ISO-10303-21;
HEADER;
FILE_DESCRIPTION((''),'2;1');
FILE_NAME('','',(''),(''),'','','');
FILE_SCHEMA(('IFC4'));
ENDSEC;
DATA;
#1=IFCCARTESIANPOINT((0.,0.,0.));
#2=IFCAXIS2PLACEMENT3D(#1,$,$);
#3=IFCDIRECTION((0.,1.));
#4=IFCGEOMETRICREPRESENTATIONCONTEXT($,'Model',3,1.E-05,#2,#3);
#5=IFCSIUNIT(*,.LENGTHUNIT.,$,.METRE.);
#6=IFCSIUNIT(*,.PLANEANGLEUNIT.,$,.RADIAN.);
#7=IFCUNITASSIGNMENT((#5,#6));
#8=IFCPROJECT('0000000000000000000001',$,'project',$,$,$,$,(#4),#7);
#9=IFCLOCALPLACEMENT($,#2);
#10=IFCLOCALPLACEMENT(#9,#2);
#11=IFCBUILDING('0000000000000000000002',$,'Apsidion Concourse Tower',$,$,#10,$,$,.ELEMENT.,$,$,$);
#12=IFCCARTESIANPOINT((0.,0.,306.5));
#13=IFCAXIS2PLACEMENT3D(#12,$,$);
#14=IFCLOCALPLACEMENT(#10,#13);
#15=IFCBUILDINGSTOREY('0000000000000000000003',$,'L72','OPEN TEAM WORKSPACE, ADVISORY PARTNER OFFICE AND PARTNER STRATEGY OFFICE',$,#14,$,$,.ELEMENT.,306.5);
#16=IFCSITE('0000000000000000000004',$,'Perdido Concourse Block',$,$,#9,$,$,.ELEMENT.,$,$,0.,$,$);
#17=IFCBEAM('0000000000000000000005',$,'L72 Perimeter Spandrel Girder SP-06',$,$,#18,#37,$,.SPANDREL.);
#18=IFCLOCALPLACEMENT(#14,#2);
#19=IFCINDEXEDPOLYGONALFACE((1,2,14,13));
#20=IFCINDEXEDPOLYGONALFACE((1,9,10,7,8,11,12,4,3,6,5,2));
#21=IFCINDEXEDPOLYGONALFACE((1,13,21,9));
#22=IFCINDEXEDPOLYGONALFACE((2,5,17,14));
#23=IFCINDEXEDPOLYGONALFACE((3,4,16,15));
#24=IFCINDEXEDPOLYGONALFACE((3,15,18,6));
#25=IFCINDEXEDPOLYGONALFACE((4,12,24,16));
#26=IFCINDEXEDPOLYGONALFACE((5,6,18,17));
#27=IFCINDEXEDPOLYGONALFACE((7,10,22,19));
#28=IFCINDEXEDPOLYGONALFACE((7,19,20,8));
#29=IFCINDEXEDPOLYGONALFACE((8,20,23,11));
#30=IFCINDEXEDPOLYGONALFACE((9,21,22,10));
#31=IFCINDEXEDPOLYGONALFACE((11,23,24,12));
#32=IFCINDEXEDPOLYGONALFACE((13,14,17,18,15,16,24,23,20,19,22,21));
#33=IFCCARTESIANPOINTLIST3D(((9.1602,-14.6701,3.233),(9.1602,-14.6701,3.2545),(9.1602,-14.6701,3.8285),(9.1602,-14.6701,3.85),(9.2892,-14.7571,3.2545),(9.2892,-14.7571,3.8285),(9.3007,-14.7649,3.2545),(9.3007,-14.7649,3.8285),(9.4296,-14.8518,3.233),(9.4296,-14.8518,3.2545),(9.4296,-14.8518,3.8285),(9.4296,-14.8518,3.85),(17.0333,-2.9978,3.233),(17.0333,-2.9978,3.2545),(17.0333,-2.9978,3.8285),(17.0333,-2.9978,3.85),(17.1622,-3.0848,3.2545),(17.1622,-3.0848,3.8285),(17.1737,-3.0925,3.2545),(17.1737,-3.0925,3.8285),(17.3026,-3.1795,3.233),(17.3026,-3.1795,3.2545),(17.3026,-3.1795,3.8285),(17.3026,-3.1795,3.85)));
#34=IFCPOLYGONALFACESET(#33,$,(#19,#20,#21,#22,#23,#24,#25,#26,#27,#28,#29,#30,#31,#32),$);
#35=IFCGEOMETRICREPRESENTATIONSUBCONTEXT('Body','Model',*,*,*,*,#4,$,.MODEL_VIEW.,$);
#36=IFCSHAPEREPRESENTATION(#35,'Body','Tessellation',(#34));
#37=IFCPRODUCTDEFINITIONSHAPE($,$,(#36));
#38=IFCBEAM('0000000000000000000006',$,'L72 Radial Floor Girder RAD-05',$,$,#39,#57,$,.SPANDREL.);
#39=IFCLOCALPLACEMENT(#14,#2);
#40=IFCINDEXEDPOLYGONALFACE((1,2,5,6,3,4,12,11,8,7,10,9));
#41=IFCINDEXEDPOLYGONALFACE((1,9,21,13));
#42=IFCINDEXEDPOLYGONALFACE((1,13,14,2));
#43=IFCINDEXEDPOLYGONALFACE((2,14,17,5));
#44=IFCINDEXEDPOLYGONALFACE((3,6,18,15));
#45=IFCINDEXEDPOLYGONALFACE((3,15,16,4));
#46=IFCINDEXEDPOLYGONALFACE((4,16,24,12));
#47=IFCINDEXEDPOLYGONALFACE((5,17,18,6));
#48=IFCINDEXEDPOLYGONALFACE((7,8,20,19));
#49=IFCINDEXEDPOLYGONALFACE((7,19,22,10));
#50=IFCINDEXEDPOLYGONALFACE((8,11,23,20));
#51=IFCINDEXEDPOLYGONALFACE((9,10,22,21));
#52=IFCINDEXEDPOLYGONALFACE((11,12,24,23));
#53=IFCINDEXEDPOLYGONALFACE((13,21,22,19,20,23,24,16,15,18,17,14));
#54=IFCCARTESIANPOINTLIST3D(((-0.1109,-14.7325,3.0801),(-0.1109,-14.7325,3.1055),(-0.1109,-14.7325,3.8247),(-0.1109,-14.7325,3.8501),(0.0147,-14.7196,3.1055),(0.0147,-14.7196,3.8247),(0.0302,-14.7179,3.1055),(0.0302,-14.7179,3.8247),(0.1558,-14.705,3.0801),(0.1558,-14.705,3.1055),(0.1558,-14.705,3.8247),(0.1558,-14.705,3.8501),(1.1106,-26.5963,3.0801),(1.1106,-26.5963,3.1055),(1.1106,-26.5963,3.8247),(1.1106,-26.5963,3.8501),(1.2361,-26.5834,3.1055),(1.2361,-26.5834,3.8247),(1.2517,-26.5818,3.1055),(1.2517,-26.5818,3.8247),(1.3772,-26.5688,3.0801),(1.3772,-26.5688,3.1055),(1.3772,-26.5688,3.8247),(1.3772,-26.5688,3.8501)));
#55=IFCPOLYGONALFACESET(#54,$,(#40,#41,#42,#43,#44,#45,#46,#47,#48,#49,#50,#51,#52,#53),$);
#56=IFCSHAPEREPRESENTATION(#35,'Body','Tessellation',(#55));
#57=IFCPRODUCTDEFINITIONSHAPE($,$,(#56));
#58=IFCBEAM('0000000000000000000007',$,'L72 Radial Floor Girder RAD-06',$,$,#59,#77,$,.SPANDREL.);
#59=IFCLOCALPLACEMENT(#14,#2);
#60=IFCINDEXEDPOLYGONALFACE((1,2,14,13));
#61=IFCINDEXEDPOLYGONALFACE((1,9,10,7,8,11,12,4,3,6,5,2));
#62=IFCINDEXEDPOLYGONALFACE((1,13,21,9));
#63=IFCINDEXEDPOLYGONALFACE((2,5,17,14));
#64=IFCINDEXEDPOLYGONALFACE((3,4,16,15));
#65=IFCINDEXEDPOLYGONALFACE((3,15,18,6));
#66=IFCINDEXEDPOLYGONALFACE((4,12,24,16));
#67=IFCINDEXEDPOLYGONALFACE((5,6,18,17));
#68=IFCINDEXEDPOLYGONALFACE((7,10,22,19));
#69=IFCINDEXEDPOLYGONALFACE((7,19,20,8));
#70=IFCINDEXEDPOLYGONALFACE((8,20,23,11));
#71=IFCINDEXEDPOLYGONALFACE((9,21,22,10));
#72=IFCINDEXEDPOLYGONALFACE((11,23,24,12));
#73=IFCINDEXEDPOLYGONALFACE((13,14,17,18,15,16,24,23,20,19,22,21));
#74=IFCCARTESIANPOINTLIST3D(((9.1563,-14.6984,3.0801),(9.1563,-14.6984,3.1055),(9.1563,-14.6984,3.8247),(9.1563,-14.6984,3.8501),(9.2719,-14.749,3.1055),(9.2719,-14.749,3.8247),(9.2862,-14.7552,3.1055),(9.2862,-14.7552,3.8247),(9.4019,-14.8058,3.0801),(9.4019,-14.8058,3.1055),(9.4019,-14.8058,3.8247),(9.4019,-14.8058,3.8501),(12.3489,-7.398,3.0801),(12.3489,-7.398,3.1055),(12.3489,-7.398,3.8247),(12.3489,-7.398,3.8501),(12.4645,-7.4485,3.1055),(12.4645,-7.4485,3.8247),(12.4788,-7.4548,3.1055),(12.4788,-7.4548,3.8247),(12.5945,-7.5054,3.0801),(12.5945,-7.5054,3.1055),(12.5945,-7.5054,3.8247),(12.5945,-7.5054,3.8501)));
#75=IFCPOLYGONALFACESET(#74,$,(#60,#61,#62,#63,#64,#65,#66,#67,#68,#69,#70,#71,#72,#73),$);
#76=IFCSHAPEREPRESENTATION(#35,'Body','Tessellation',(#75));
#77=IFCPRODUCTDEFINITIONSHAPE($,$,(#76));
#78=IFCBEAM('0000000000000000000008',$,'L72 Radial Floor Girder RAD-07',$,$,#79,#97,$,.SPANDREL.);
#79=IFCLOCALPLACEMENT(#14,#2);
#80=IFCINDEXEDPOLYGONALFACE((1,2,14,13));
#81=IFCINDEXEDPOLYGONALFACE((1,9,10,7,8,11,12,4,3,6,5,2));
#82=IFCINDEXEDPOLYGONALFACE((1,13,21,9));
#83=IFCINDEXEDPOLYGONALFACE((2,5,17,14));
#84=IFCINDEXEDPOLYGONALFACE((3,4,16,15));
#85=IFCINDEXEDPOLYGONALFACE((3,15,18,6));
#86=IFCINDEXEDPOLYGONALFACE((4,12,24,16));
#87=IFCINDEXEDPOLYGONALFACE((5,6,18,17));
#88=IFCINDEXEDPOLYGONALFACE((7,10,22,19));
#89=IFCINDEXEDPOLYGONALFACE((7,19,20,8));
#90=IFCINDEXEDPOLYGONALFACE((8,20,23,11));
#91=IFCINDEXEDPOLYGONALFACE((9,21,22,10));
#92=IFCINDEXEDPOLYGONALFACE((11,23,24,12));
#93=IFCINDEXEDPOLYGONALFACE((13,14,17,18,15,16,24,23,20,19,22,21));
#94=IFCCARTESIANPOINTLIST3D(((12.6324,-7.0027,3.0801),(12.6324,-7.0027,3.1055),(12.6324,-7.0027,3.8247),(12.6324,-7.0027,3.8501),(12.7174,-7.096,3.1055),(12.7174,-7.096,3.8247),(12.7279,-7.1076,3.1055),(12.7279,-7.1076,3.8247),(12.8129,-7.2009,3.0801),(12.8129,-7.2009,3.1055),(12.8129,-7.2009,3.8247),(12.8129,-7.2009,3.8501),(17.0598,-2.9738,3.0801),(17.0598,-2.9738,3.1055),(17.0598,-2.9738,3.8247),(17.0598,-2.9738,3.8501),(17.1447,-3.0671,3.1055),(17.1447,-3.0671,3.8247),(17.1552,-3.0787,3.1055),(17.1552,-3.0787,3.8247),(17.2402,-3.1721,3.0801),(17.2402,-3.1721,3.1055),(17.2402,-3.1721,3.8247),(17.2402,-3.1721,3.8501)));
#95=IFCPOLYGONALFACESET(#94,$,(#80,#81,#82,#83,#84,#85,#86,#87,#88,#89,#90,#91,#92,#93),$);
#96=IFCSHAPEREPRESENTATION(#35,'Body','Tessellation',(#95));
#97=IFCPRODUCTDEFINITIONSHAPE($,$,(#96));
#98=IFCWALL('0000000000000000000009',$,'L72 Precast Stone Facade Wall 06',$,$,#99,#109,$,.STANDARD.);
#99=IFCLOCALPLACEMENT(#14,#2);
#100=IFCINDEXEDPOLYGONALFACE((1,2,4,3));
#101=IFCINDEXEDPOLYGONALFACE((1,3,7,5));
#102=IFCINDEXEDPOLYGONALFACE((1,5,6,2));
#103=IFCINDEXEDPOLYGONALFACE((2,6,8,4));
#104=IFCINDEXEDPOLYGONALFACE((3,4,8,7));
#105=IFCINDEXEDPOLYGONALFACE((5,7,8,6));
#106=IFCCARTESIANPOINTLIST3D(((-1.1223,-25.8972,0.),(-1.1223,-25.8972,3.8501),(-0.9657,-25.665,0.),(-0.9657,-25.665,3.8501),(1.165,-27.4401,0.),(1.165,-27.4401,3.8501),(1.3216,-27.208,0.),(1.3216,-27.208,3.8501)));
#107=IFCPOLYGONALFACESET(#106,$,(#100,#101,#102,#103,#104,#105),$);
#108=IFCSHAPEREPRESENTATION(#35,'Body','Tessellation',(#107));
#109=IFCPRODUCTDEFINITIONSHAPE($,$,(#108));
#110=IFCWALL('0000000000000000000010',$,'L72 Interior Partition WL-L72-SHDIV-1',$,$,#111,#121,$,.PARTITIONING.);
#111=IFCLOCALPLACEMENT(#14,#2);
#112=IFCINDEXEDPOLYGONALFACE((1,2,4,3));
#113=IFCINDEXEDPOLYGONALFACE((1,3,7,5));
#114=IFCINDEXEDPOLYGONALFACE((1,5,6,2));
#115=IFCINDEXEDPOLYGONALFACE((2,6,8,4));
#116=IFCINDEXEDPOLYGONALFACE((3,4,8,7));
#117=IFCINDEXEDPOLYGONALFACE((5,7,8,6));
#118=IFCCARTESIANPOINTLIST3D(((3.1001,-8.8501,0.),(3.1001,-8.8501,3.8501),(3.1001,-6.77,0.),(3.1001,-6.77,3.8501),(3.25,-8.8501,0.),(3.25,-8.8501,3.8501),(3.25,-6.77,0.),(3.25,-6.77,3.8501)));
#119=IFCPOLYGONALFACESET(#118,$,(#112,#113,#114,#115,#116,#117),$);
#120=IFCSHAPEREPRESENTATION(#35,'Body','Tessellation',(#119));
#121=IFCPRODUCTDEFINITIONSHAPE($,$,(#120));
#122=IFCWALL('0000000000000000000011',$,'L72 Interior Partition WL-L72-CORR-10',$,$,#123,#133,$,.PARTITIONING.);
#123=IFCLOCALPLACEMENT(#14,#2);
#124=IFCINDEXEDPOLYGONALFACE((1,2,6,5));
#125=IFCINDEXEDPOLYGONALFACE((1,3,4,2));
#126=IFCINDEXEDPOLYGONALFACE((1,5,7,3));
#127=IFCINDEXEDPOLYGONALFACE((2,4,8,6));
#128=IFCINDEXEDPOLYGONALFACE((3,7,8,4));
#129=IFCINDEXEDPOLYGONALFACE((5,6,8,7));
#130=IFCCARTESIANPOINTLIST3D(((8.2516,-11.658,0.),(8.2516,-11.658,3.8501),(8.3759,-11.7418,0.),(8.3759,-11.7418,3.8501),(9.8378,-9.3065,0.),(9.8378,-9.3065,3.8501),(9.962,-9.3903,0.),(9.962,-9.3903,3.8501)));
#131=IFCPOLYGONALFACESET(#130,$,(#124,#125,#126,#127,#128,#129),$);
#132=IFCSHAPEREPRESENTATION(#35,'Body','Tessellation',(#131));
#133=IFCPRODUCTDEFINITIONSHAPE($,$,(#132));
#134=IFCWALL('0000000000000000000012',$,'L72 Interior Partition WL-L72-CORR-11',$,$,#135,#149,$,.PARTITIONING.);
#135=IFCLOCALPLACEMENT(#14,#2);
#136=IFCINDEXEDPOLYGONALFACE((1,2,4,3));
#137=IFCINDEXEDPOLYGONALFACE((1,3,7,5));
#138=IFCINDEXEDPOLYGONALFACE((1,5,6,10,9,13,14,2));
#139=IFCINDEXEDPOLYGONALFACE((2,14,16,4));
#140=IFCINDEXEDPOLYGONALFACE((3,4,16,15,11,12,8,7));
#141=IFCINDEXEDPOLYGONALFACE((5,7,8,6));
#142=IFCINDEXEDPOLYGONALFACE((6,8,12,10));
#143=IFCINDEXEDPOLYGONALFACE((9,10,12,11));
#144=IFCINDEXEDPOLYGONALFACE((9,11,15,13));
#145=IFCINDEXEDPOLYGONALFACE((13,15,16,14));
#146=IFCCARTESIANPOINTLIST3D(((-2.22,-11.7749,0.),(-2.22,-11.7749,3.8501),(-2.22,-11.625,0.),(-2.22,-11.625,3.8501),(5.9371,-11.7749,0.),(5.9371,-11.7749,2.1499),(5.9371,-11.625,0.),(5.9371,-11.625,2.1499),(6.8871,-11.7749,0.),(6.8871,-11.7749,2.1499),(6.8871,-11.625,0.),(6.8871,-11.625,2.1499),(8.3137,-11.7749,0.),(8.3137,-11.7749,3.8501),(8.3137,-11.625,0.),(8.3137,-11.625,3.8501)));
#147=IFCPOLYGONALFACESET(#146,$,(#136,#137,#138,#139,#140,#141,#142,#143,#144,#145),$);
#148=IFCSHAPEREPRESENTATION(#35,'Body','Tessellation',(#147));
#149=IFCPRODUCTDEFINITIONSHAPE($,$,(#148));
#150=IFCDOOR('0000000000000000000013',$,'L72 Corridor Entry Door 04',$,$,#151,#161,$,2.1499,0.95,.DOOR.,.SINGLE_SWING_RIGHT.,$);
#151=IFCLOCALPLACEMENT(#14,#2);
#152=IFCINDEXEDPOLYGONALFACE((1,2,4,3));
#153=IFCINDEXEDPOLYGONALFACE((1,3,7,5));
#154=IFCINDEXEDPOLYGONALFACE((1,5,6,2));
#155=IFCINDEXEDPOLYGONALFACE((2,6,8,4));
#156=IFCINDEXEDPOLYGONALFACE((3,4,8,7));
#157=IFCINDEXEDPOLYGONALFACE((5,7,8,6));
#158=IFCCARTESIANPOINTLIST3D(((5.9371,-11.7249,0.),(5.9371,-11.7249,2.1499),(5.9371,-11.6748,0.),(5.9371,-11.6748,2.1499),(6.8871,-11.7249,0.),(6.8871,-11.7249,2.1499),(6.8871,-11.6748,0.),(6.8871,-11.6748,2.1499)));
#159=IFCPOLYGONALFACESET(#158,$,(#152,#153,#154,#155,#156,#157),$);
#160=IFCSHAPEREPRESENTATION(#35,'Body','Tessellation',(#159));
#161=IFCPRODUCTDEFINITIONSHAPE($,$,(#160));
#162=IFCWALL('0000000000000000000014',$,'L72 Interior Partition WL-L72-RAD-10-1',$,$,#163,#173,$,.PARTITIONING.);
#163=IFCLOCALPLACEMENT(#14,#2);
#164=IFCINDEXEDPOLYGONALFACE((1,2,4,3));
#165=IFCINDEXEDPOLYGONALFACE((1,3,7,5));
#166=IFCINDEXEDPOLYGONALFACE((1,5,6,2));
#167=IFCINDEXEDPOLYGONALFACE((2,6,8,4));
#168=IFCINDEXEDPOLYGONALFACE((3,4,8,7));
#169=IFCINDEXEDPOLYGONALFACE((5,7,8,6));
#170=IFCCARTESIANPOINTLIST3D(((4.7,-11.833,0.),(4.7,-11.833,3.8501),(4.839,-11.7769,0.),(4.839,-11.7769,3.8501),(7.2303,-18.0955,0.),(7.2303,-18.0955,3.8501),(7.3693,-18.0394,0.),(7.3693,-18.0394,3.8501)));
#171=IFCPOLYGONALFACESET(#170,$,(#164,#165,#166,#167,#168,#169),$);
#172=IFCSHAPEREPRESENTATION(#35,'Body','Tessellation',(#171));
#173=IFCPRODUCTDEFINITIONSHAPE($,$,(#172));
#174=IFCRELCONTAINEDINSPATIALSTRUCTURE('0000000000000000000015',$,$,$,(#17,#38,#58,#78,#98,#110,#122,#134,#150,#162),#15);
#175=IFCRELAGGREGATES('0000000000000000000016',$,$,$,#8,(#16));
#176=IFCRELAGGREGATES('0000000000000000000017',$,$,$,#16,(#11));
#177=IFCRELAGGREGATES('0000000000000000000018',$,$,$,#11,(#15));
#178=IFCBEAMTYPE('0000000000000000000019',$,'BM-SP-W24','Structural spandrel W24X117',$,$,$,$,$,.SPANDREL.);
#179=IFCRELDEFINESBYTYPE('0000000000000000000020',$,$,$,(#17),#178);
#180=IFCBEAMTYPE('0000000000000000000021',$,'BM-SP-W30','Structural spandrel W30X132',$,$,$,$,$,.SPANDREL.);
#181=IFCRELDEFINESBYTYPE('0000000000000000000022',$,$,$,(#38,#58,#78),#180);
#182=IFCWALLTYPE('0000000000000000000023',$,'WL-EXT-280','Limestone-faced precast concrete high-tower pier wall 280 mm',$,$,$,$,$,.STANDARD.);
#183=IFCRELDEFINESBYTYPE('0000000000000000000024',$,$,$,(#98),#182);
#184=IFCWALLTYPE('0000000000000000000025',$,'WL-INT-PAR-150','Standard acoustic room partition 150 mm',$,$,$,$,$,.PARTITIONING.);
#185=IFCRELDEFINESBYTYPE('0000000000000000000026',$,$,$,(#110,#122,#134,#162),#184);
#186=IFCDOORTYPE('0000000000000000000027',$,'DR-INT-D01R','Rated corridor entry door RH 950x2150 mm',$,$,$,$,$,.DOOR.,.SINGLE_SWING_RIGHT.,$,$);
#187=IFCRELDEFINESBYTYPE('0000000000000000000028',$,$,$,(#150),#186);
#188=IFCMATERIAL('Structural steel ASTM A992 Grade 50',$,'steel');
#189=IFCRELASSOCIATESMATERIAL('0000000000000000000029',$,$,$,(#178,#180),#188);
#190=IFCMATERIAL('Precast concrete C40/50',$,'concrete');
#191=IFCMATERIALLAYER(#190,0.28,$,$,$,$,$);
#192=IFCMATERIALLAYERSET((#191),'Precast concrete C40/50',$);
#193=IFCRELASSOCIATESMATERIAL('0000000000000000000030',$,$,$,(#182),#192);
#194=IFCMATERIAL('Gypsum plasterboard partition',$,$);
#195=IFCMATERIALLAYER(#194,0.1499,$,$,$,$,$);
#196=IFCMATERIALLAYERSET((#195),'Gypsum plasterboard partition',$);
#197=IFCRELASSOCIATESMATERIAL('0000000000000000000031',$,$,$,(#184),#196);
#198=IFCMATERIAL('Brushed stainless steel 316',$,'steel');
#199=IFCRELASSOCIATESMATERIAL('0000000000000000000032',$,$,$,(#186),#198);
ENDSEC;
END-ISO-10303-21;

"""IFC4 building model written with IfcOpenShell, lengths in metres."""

from ifc_helpers import new_model, si_unit, direction, frame, frame_2d, origin, origin_2d, place, context, subcontext, project, spatial, rectangle, i_section, extrude, material, layer, layer_set, material_profile, profile_set, type_object, element, fill, save


model = new_model("IFC4")

# Units and contexts
model_context = context("Model", 3, precision=1e-05, world=origin(), true_north=direction((0.0, 1.0)))
body_context = subcontext(model_context, "Body", "Model", "MODEL_VIEW")
ifc_project = project(units=[si_unit("LENGTHUNIT", "METRE"), si_unit("PLANEANGLEUNIT", "RADIAN")], contexts=[model_context])

# Site, building, storey
site_placement = place(None, origin())
site = spatial("IfcSite", under=ifc_project, at=site_placement, Name="Perdido Concourse Block", CompositionType="ELEMENT", RefElevation=0.0)
building_placement = place(site_placement, origin())
building = spatial("IfcBuilding", under=site, at=building_placement, Name="Apsidion Concourse Tower", CompositionType="ELEMENT")
storey_placement = place(building_placement, frame((0.0, 0.0, 306.5)))
storey = spatial("IfcBuildingStorey", under=building, at=storey_placement, Name="L72", Description="OPEN TEAM WORKSPACE, ADVISORY PARTNER OFFICE AND PARTNER STRATEGY OFFICE", CompositionType="ELEMENT", Elevation=306.5)

# Shared definitions
ifc_material_1 = material(Name="Structural steel ASTM A992 Grade 50", Category="steel")

# Beams
ifc_material_profile_1 = material_profile(ifc_material_1, i_section(OverallWidth=0.325, OverallDepth=0.6169, WebThickness=0.0139, FlangeThickness=0.0215, at=origin_2d()), Name="W24X117")
ifc_profile_set_1 = profile_set([ifc_material_profile_1], Name="Structural steel ASTM A992 Grade 50")
beam_type_1 = type_object("IfcBeamType", Name="BM-SP-W24", Description="Structural spandrel W24X117", PredefinedType="SPANDREL", material=ifc_profile_set_1)
beam_1_placement = place(storey_placement, frame((9.2949, -14.761, 3.5415), z_axis=(0.55919, 0.82904, 0.0), x_axis=(-0.82904, 0.55919, 0.0)))
element("IfcBeam", 1, at=beam_1_placement, inside=storey, type_object=beam_type_1, Name="L72 Perimeter Spandrel Girder SP-06", PredefinedType="SPANDREL", context=body_context, shape_type="SweptSolid", body=[
    extrude(i_section(OverallWidth=0.325, OverallDepth=0.6169, WebThickness=0.0139, FlangeThickness=0.0215, at=origin_2d()), origin(), (0.0, 0.0, 1.0), 14.0793),
])
ifc_material_profile_2 = material_profile(ifc_material_1, i_section(OverallWidth=0.2681, OverallDepth=0.77, WebThickness=0.0156, FlangeThickness=0.0254, at=origin_2d()), Name="W30X132")
ifc_profile_set_2 = profile_set([ifc_material_profile_2], Name="Structural steel ASTM A992 Grade 50")
beam_type_2 = type_object("IfcBeamType", Name="BM-SP-W30", Description="Structural spandrel W30X132", PredefinedType="SPANDREL", material=ifc_profile_set_2)
beam_2_placement = place(storey_placement, frame((0.0225, -14.7188, 3.4651), z_axis=(0.102414, -0.994742, 0.0), x_axis=(0.994742, 0.102414, 0.0)))
element("IfcBeam", 2, at=beam_2_placement, inside=storey, type_object=beam_type_2, Name="L72 Radial Floor Girder RAD-05", PredefinedType="SPANDREL", context=body_context, shape_type="SweptSolid", body=[
    extrude(i_section(OverallWidth=0.2681, OverallDepth=0.77, WebThickness=0.0156, FlangeThickness=0.0254, at=origin_2d()), origin(), (0.0, 0.0, 1.0), 11.9265),
])
beam_3_placement = place(storey_placement, frame((12.4717, -7.4517, 3.4651), z_axis=(-0.400676, -0.91622, 0.0), x_axis=(0.91622, -0.400676, 0.0)))
element("IfcBeam", 3, at=beam_3_placement, inside=storey, type_object=beam_type_2, Name="L72 Radial Floor Girder RAD-06", PredefinedType="SPANDREL", context=body_context, shape_type="SweptSolid", body=[
    extrude(i_section(OverallWidth=0.2681, OverallDepth=0.77, WebThickness=0.0156, FlangeThickness=0.0254, at=origin_2d()), origin(), (0.0, 0.0, 1.0), 7.968),
])
beam_4_placement = place(storey_placement, frame((12.7227, -7.1018, 3.4651), z_axis=(0.739604, 0.673042, 0.0), x_axis=(-0.673042, 0.739604, 0.0)))
element("IfcBeam", 4, at=beam_4_placement, inside=storey, type_object=beam_type_2, Name="L72 Radial Floor Girder RAD-07", PredefinedType="SPANDREL", context=body_context, shape_type="SweptSolid", body=[
    extrude(i_section(OverallWidth=0.2681, OverallDepth=0.77, WebThickness=0.0156, FlangeThickness=0.0254, at=origin_2d()), origin(), (0.0, 0.0, 1.0), 5.9861),
])

# Walls
ifc_material_2 = material(Name="Precast concrete C40/50", Category="concrete")
ifc_layer_1 = layer(ifc_material_2, 0.28)
ifc_layer_set_1 = layer_set([ifc_layer_1], Name="Precast concrete C40/50")
wall_type_1 = type_object("IfcWallType", Name="WL-EXT-280", Description="Limestone-faced precast concrete high-tower pier wall 280 mm", PredefinedType="STANDARD", material=ifc_layer_set_1)
wall_1_placement = place(storey_placement, frame((1.2432, -27.324, 0.0), z_axis=(0.0, 0.0, 1.0), x_axis=(-0.829016, 0.559225, 0.0)))
element("IfcWall", 5, at=wall_1_placement, inside=storey, type_object=wall_type_1, Name="L72 Precast Stone Facade Wall 06", PredefinedType="STANDARD", context=body_context, shape_type="SweptSolid", body=[
    extrude(rectangle(XDim=2.759, YDim=0.28, at=frame_2d((1.3794, 0.0))), origin(), (0.0, 0.0, 1.0), 3.8501),
])
ifc_material_3 = material(Name="Gypsum plasterboard partition")
ifc_layer_2 = layer(ifc_material_3, 0.1499)
ifc_layer_set_2 = layer_set([ifc_layer_2], Name="Gypsum plasterboard partition")
wall_type_2 = type_object("IfcWallType", Name="WL-INT-PAR-150", Description="Standard acoustic room partition 150 mm", PredefinedType="PARTITIONING", material=ifc_layer_set_2)
wall_2_placement = place(storey_placement, frame((3.175, -8.8501, 0.0), z_axis=(0.0, 0.0, 1.0), x_axis=(0.0, 1.0, 0.0)))
element("IfcWall", 6, at=wall_2_placement, inside=storey, type_object=wall_type_2, Name="L72 Interior Partition WL-L72-SHDIV-1", PredefinedType="PARTITIONING", context=body_context, shape_type="SweptSolid", body=[
    extrude(rectangle(XDim=2.0801, YDim=0.1499, at=frame_2d((1.04, 0.0))), origin(), (0.0, 0.0, 1.0), 3.8501),
])
wall_3_placement = place(storey_placement, frame((9.8999, -9.3484, 0.0), z_axis=(0.0, 0.0, 1.0), x_axis=(-0.559201, -0.829032, 0.0)))
element("IfcWall", 7, at=wall_3_placement, inside=storey, type_object=wall_type_2, Name="L72 Interior Partition WL-L72-CORR-10", PredefinedType="PARTITIONING", context=body_context, shape_type="SweptSolid", body=[
    extrude(rectangle(XDim=2.8364, YDim=0.1499, at=frame_2d((1.4182, 0.0))), origin(), (0.0, 0.0, 1.0), 3.8501),
])

# Wall, opening, door
wall_4_placement = place(storey_placement, frame((8.3137, -11.7, 0.0), z_axis=(0.0, 0.0, 1.0), x_axis=(-1.0, 0.0, 0.0)))
wall_4 = element("IfcWall", 8, at=wall_4_placement, inside=storey, type_object=wall_type_2, Name="L72 Interior Partition WL-L72-CORR-11", PredefinedType="PARTITIONING", context=body_context, shape_type="SweptSolid", body=[
    extrude(rectangle(XDim=10.5337, YDim=0.1499, at=frame_2d((5.2668, 0.0))), origin(), (0.0, 0.0, 1.0), 3.8501),
])
opening_1_placement = place(wall_4_placement, frame((1.4265, 0.0, 0.0)))
opening_1 = element("IfcOpeningElement", 9, at=opening_1_placement, cuts=wall_4, PredefinedType="OPENING", context=body_context, shape_type="SweptSolid", body=[
    extrude(rectangle(XDim=0.95, YDim=2.1499, at=frame_2d((0.4751, 1.075))), frame((0.0, 0.085, 0.0), z_axis=(0.0, -1.0, 0.0), x_axis=(1.0, 0.0, 0.0)), (0.0, 0.0, 1.0), 0.1699),
])
ifc_material_4 = material(Name="Brushed stainless steel 316", Category="steel")
door_type_1 = type_object("IfcDoorType", Name="DR-INT-D01R", Description="Rated corridor entry door RH 950x2150 mm", OperationType="SINGLE_SWING_RIGHT", PredefinedType="DOOR", material=ifc_material_4)
door_1_placement = place(opening_1_placement, origin())
door_1 = element("IfcDoor", 10, at=door_1_placement, inside=storey, type_object=door_type_1, Name="L72 Corridor Entry Door 04", OperationType="SINGLE_SWING_RIGHT", OverallHeight=2.1499, OverallWidth=0.95, PredefinedType="DOOR", context=body_context, shape_type="SweptSolid", body=[
    extrude(rectangle(XDim=0.95, YDim=2.1499, at=frame_2d((0.4751, 1.075))), frame((0.0, 0.0249, 0.0), z_axis=(0.0, -1.0, 0.0), x_axis=(1.0, 0.0, 0.0)), (0.0, 0.0, 1.0), 0.05),
])
fill(opening_1, door_1)

# Wall
wall_5_placement = place(storey_placement, frame((4.7695, -11.8049, 0.0), z_axis=(0.0, 0.0, 1.0), x_axis=(0.374617, -0.92718, 0.0)))
element("IfcWall", 11, at=wall_5_placement, inside=storey, type_object=wall_type_2, Name="L72 Interior Partition WL-L72-RAD-10-1", PredefinedType="PARTITIONING", context=body_context, shape_type="SweptSolid", body=[
    extrude(rectangle(XDim=6.7544, YDim=0.1499, at=frame_2d((3.3772, 0.0))), origin(), (0.0, 0.0, 1.0), 3.8501),
])

save(model, "model.ifc")
